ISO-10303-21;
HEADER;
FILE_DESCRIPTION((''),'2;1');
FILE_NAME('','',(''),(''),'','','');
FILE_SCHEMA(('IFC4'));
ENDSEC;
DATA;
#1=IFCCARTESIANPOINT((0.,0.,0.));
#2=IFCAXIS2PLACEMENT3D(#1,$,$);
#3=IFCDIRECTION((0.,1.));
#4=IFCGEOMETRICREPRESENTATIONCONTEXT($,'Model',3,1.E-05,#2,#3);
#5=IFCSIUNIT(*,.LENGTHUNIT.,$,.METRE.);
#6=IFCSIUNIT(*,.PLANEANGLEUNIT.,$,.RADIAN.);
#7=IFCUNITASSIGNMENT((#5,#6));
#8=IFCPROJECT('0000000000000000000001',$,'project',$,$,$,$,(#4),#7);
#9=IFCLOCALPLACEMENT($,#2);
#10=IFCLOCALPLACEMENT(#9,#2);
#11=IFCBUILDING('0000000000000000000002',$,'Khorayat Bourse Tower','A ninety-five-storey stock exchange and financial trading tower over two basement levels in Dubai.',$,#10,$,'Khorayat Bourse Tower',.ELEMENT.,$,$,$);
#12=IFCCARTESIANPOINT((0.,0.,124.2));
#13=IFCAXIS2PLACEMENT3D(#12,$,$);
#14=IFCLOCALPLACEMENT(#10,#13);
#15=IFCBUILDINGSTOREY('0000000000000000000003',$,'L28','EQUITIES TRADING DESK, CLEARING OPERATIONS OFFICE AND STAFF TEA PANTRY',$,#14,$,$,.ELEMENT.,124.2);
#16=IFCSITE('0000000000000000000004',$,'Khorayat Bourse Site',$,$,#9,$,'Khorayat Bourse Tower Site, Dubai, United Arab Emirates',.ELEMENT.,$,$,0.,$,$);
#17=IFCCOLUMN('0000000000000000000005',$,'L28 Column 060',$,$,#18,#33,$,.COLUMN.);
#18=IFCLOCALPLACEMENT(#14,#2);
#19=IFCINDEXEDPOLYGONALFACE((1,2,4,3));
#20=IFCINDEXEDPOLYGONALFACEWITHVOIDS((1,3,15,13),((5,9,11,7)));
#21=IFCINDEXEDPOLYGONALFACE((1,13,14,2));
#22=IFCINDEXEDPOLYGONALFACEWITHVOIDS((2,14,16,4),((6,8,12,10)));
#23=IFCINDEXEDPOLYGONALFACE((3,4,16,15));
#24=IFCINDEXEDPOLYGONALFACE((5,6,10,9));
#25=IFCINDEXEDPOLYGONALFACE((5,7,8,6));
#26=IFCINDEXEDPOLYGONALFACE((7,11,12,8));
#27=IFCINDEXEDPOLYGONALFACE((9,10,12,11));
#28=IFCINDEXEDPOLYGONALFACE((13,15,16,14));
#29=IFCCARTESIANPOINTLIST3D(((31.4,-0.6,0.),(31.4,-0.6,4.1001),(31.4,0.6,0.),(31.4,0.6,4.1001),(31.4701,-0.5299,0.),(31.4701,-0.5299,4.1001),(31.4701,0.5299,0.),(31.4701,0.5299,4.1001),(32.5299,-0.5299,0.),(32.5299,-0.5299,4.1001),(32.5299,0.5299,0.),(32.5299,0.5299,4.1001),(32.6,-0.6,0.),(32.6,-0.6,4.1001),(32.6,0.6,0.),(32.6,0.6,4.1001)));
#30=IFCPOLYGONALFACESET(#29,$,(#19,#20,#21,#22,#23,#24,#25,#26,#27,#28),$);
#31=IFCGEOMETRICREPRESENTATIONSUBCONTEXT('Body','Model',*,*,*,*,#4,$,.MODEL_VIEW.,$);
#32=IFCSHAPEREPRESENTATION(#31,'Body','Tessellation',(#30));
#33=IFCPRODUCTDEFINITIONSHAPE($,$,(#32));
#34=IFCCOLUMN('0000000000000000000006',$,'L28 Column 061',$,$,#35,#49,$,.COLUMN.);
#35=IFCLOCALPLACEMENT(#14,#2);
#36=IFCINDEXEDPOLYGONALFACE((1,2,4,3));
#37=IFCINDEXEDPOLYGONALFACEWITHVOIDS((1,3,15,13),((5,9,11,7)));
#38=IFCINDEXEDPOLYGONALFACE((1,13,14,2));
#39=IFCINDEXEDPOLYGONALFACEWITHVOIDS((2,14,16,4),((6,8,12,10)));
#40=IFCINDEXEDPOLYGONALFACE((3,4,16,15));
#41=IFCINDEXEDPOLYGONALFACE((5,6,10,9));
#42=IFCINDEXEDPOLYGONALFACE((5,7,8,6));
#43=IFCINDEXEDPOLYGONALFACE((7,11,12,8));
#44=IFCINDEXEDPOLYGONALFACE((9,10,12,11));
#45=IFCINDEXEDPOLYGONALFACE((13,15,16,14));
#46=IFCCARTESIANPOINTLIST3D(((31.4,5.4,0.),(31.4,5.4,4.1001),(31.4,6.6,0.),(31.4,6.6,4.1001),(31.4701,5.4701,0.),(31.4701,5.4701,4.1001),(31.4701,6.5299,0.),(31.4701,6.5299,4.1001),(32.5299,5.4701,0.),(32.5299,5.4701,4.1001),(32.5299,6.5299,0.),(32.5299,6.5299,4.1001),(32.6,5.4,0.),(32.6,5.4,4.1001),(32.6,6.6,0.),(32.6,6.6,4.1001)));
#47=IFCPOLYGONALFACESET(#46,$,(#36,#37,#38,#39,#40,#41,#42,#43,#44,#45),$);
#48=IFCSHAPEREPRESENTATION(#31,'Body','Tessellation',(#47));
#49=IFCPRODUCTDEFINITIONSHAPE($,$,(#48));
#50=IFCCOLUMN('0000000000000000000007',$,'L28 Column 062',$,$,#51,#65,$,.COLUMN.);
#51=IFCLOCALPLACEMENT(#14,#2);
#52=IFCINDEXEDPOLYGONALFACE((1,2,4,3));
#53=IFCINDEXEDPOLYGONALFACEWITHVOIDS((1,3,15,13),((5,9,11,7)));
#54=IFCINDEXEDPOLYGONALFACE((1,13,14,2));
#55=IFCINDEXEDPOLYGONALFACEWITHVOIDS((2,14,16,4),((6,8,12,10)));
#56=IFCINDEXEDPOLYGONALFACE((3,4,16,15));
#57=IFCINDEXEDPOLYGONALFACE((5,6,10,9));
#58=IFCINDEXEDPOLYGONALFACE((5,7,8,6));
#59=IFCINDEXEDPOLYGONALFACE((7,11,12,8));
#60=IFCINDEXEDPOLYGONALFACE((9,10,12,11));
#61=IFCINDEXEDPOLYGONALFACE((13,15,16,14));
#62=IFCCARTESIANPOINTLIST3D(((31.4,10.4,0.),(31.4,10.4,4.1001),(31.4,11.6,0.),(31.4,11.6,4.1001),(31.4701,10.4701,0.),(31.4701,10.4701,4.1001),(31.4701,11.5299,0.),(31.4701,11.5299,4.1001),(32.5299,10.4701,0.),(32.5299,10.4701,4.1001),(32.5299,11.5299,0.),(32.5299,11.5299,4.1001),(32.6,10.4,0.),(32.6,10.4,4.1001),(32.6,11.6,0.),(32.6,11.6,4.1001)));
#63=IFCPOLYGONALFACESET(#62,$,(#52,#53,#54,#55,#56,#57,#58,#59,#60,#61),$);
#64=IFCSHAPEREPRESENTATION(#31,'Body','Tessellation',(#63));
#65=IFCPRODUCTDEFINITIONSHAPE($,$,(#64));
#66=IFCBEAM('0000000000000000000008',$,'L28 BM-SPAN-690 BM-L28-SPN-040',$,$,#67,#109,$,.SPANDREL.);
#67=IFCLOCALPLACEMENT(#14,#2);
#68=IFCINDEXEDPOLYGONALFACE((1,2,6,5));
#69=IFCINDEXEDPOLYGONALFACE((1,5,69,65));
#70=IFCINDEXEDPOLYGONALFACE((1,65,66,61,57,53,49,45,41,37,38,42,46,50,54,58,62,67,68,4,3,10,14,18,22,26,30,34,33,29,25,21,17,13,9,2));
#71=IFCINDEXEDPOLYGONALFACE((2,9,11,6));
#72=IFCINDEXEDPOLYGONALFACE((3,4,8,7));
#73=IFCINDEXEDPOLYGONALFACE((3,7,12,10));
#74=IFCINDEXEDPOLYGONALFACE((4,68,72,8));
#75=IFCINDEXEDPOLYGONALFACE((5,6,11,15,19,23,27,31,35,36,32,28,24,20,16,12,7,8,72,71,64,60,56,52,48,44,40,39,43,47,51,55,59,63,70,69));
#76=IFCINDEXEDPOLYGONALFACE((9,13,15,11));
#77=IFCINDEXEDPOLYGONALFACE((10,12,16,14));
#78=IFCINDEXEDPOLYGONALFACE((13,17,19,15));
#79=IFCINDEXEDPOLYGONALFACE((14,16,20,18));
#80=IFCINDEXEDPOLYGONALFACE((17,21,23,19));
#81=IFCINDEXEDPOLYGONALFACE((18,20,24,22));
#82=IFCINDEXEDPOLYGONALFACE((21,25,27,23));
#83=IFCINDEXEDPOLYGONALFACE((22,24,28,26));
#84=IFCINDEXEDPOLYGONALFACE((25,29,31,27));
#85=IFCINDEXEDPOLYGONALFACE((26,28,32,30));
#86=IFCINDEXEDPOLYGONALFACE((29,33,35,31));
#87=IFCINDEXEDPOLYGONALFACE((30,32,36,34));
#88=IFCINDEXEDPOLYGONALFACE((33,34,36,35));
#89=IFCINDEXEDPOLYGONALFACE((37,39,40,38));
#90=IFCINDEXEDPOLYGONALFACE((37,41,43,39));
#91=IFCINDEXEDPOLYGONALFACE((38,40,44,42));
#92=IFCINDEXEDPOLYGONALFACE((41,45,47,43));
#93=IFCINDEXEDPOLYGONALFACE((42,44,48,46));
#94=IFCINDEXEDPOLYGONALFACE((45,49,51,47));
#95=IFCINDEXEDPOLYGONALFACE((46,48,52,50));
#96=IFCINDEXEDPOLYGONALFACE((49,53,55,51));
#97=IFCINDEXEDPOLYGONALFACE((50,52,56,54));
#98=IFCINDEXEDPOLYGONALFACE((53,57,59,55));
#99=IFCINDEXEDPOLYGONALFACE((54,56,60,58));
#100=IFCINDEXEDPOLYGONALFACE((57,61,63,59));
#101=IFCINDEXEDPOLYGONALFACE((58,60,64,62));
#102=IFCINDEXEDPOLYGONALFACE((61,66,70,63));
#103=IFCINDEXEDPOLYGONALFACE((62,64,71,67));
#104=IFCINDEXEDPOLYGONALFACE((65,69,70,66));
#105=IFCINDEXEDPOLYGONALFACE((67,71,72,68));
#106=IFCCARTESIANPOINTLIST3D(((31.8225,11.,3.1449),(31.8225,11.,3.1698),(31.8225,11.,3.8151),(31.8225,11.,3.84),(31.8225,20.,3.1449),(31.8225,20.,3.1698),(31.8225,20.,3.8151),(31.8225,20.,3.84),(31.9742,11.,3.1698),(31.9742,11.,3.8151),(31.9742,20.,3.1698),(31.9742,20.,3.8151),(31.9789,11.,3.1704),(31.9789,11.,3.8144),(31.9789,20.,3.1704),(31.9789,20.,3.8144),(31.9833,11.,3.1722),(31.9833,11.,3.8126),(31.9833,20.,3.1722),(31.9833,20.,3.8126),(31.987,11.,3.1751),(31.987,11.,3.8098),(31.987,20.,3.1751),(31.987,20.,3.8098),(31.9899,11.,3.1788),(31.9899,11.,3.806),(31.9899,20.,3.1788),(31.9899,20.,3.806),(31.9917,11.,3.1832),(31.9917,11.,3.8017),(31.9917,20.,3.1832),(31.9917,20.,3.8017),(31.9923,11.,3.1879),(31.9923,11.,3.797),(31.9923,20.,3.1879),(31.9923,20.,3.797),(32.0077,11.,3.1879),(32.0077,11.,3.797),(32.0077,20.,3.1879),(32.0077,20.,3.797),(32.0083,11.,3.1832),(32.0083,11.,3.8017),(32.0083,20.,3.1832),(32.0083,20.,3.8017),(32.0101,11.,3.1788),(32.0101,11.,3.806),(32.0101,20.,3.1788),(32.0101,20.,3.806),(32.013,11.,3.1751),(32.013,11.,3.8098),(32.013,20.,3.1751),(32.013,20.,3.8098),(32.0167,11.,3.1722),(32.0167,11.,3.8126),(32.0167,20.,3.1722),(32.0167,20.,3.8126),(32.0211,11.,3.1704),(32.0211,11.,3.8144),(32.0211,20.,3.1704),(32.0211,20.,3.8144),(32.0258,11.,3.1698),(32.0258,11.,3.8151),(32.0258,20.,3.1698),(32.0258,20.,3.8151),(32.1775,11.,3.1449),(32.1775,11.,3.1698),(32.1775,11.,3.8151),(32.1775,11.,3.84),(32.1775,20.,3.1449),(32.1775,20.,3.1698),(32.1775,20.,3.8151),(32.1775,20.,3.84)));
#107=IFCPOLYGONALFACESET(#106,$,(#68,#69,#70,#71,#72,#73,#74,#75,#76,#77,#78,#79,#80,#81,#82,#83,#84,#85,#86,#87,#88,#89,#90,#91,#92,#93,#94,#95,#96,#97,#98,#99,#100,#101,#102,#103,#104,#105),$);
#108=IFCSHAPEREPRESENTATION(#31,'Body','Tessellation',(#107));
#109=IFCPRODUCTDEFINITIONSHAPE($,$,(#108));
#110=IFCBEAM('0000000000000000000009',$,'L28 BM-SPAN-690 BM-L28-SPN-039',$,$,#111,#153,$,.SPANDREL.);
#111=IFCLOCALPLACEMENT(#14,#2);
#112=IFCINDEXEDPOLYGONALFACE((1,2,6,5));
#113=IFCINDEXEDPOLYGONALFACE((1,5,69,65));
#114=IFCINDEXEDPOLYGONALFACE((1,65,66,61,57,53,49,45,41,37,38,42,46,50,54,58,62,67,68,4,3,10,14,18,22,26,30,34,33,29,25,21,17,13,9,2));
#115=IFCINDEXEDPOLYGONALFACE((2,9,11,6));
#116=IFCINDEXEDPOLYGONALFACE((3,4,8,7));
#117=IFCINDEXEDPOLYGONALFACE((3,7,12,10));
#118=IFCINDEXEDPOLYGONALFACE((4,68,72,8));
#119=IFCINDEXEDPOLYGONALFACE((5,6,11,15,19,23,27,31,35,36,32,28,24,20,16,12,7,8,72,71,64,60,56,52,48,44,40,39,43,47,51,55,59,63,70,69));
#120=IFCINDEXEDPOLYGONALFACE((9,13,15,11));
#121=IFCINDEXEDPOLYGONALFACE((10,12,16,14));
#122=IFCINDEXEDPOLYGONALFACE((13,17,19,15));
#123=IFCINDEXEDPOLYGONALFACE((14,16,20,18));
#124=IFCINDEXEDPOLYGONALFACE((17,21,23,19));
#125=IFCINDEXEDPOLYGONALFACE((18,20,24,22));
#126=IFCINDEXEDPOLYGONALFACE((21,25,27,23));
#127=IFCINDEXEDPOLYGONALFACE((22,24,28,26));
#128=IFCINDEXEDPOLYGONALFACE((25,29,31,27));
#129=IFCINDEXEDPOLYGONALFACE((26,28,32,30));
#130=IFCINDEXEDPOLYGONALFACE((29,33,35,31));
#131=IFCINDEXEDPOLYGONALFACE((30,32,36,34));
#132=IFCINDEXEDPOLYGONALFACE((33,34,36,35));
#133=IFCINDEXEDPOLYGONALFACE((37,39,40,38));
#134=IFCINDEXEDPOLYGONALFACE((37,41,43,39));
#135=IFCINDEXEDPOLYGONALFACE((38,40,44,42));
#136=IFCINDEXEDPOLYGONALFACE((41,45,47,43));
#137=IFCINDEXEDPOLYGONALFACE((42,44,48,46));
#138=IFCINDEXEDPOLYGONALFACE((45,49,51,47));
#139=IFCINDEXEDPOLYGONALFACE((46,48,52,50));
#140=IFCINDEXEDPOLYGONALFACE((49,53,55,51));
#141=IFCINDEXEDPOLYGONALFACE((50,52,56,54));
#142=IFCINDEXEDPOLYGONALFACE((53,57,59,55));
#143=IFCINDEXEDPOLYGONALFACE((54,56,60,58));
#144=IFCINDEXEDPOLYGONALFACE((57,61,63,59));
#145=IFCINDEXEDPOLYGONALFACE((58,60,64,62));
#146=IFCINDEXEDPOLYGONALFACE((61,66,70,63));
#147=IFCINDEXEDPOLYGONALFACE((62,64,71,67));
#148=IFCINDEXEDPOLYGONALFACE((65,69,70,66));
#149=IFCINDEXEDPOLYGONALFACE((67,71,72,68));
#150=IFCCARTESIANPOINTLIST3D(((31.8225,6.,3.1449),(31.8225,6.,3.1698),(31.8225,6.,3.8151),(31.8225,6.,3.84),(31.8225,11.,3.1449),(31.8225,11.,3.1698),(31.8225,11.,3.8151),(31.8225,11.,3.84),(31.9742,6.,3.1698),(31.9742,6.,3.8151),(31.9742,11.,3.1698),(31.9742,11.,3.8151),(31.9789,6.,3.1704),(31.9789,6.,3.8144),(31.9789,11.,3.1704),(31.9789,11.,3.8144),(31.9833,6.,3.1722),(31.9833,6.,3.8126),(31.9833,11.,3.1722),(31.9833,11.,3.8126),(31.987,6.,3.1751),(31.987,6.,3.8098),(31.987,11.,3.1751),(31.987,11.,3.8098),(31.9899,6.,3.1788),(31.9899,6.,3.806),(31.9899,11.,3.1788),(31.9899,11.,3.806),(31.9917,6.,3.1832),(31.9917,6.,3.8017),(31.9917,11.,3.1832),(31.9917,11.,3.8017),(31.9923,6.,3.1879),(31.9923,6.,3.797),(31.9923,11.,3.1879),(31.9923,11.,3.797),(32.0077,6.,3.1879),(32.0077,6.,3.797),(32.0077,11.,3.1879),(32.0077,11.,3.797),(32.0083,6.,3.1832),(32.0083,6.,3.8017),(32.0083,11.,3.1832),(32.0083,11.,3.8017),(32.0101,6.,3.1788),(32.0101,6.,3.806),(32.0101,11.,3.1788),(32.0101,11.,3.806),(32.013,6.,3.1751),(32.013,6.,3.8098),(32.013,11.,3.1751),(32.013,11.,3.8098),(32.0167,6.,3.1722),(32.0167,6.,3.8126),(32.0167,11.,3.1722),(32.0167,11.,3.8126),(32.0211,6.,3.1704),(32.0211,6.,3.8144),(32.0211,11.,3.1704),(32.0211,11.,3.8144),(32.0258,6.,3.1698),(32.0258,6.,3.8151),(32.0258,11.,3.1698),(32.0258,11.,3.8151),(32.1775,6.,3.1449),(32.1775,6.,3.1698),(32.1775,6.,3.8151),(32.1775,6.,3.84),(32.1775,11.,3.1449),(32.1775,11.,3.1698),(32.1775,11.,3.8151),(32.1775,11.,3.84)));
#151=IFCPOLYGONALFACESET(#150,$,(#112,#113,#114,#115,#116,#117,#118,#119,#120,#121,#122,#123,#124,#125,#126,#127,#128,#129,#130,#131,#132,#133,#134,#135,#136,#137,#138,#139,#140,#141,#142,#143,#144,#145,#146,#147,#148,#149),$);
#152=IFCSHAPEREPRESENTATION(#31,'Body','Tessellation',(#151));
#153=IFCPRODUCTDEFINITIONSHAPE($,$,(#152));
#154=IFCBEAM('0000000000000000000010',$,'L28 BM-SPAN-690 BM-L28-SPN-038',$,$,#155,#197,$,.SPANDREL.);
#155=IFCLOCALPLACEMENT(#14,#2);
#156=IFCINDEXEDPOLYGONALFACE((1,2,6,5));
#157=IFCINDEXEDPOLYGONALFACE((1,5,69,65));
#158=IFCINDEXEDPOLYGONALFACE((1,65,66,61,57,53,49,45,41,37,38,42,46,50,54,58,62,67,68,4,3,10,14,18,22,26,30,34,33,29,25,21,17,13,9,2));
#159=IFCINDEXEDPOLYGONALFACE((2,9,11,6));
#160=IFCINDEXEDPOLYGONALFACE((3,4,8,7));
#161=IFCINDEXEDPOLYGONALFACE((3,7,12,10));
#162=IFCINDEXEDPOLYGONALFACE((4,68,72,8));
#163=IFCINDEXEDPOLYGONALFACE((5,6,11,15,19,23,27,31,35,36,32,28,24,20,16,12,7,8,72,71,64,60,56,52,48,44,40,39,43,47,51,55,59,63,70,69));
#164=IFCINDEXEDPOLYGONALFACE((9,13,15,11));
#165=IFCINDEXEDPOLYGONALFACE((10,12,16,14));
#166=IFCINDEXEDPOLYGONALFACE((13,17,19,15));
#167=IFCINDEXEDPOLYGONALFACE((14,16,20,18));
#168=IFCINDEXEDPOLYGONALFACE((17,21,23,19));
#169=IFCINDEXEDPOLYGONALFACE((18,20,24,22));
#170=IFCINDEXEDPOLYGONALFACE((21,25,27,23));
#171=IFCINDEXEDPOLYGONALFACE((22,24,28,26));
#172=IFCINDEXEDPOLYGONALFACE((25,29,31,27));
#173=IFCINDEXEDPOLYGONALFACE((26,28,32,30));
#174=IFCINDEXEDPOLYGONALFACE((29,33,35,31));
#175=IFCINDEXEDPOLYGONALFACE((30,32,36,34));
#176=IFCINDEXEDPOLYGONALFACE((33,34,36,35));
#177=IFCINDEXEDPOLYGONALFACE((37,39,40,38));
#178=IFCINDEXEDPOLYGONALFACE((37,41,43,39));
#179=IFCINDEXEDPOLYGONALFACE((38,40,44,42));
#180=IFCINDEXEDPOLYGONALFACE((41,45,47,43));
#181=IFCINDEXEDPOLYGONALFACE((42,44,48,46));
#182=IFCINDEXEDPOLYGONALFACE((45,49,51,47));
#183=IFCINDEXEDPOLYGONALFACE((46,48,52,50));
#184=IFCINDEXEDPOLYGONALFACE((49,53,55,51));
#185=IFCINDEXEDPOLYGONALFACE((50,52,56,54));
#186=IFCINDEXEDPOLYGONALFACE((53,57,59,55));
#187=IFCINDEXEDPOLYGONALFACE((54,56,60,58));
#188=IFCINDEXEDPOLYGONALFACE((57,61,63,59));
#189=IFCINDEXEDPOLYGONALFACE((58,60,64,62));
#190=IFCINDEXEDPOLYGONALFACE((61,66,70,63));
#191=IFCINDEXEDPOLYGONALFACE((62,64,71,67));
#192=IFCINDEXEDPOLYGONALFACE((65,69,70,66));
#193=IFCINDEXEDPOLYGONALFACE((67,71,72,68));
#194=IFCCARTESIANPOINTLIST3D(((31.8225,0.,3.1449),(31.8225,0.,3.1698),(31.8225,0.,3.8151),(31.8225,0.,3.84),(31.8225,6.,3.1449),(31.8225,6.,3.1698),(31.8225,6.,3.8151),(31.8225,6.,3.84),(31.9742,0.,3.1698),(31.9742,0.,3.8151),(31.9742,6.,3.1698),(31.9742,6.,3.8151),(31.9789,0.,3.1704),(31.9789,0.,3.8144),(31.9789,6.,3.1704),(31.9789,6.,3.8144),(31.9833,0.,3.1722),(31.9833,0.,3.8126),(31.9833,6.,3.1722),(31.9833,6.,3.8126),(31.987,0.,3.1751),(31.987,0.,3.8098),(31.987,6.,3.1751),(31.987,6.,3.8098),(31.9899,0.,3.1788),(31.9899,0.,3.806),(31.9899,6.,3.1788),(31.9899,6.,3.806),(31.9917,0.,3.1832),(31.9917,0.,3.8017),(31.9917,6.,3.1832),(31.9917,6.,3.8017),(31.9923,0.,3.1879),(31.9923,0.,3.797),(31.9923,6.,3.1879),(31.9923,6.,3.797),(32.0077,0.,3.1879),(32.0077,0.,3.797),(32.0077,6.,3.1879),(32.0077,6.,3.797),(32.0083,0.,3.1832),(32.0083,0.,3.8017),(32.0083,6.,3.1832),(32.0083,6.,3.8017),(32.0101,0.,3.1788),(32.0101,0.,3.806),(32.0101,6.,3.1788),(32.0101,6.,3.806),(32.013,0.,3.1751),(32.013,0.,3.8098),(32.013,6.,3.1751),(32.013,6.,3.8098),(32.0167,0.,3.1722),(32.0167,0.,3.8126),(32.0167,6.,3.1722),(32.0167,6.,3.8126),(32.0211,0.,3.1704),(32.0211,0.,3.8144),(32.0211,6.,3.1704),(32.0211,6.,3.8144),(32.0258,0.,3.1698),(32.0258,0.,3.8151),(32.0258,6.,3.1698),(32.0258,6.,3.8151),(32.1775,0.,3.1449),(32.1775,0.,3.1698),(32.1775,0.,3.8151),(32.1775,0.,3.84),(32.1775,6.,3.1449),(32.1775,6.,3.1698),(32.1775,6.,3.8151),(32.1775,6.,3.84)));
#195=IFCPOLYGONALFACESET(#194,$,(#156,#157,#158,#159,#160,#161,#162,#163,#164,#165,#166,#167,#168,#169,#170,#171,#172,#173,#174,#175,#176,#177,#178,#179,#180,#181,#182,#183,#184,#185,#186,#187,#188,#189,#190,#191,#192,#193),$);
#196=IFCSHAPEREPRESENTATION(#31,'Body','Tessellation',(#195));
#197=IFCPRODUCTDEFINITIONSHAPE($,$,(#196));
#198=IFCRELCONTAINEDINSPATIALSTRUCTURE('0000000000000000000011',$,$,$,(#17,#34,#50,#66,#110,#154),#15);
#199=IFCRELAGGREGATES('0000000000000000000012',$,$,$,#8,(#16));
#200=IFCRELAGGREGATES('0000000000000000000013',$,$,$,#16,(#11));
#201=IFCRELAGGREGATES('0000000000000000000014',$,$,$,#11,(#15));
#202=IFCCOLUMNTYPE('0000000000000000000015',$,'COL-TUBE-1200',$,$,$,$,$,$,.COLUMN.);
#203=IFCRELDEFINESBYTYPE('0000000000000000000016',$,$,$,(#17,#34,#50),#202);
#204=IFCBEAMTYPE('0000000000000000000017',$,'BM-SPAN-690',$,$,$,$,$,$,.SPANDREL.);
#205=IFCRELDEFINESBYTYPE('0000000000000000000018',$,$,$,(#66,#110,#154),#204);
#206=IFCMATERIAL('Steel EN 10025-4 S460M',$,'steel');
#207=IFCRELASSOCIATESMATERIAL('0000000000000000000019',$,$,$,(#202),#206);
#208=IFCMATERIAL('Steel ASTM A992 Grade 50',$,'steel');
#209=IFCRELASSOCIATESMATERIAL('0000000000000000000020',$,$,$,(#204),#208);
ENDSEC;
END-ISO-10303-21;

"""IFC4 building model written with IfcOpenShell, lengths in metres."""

from ifc_helpers import new_model, si_unit, direction, frame, origin, origin_2d, place, context, subcontext, project, spatial, hollow_rectangle, i_section, extrude, source, transform, mapped, material, material_profile, profile_set, type_object, element, save


model = new_model("IFC4")

# Units and contexts
model_context = context("Model", 3, precision=1e-05, world=origin(), true_north=direction((0.0, 1.0)))
body_context = subcontext(model_context, "Body", "Model", "MODEL_VIEW")
ifc_project = project(units=[si_unit("LENGTHUNIT", "METRE"), si_unit("PLANEANGLEUNIT", "RADIAN")], contexts=[model_context])

# Site, building, storey
site_placement = place(None, origin())
site = spatial("IfcSite", under=ifc_project, at=site_placement, Name="Khorayat Bourse Site", LongName="Khorayat Bourse Tower Site, Dubai, United Arab Emirates", CompositionType="ELEMENT", RefElevation=0.0)
building_placement = place(site_placement, origin())
building = spatial("IfcBuilding", under=site, at=building_placement, Name="Khorayat Bourse Tower", Description="A ninety-five-storey stock exchange and financial trading tower over two basement levels in Dubai.", LongName="Khorayat Bourse Tower", CompositionType="ELEMENT")
storey_placement = place(building_placement, frame((0.0, 0.0, 124.2)))
storey = spatial("IfcBuildingStorey", under=building, at=storey_placement, Name="L28", Description="EQUITIES TRADING DESK, CLEARING OPERATIONS OFFICE AND STAFF TEA PANTRY", CompositionType="ELEMENT", Elevation=124.2)

# Columns
ifc_material_1 = material(Name="Steel EN 10025-4 S460M", Category="steel")
ifc_material_profile_1 = material_profile(ifc_material_1, hollow_rectangle(XDim=1.2, YDim=1.2, WallThickness=0.0701, at=origin_2d()), Name="BOX 1200x1200x70")
ifc_profile_set_1 = profile_set([ifc_material_profile_1], Name="Steel EN 10025-4 S460M")
column_type = type_object("IfcColumnType", Name="COL-TUBE-1200", PredefinedType="COLUMN", material=ifc_profile_set_1)
shared_shape_1 = source(origin(), body_context, "Body", "SweptSolid", [
    extrude(hollow_rectangle(XDim=1.2, YDim=1.2, WallThickness=0.0701, at=origin_2d()), origin(), (0.0, 0.0, 1.0), 4.1001),
])
for number, where, z_axis, x_axis, name in (
    (1, (32.0, 0.0, 0.0), (0.0, 0.0, 1.0), (1.0, 0.0, 0.0), "L28 Column 060"),
    (2, (32.0, 6.0, 0.0), (0.0, 0.0, 1.0), (1.0, 0.0, 0.0), "L28 Column 061"),
    (3, (32.0, 11.0, 0.0), (0.0, 0.0, 1.0), (1.0, 0.0, 0.0), "L28 Column 062"),
):
    element("IfcColumn", number, at=place(storey_placement, frame(where, z_axis=z_axis, x_axis=x_axis)), inside=storey, type_object=column_type, Name=name, PredefinedType="COLUMN", context=body_context, shape_type="MappedRepresentation", body=[
        mapped(shared_shape_1, transform((0.0, 0.0, 0.0), scale=1.0)),
    ])

# Beams
ifc_material_2 = material(Name="Steel ASTM A992 Grade 50", Category="steel")
ifc_material_profile_2 = material_profile(ifc_material_2, i_section(OverallWidth=0.355, OverallDepth=0.6951, WebThickness=0.0154, FlangeThickness=0.0249, FilletRadius=0.0181, at=origin_2d()), Name="W690X217")
ifc_profile_set_2 = profile_set([ifc_material_profile_2], Name="Steel ASTM A992 Grade 50")
beam_type_1 = type_object("IfcBeamType", Name="BM-SPAN-690", PredefinedType="SPANDREL", material=ifc_profile_set_2)
shared_shape_2 = source(origin(), body_context, "Body", "SweptSolid", [
    extrude(i_section(OverallWidth=0.355, OverallDepth=0.6951, WebThickness=0.0154, FlangeThickness=0.0249, FilletRadius=0.0181, at=origin_2d()), origin(), (0.0, 0.0, 1.0), 9.0),
])
beam_1_placement = place(storey_placement, frame((32.0, 11.0, 3.4924), z_axis=(0.0, 1.0, 0.0), x_axis=(-1.0, 0.0, 0.0)))
element("IfcBeam", 4, at=beam_1_placement, inside=storey, type_object=beam_type_1, Name="L28 BM-SPAN-690 BM-L28-SPN-040", PredefinedType="SPANDREL", context=body_context, shape_type="MappedRepresentation", body=[
    mapped(shared_shape_2, transform((0.0, 0.0, 0.0), scale=1.0)),
])
shared_shape_3 = source(origin(), body_context, "Body", "SweptSolid", [
    extrude(i_section(OverallWidth=0.355, OverallDepth=0.6951, WebThickness=0.0154, FlangeThickness=0.0249, FilletRadius=0.0181, at=origin_2d()), origin(), (0.0, 0.0, 1.0), 5.0),
])
beam_2_placement = place(storey_placement, frame((32.0, 6.0, 3.4924), z_axis=(0.0, 1.0, 0.0), x_axis=(-1.0, 0.0, 0.0)))
element("IfcBeam", 5, at=beam_2_placement, inside=storey, type_object=beam_type_1, Name="L28 BM-SPAN-690 BM-L28-SPN-039", PredefinedType="SPANDREL", context=body_context, shape_type="MappedRepresentation", body=[
    mapped(shared_shape_3, transform((0.0, 0.0, 0.0), scale=1.0)),
])
shared_shape_4 = source(origin(), body_context, "Body", "SweptSolid", [
    extrude(i_section(OverallWidth=0.355, OverallDepth=0.6951, WebThickness=0.0154, FlangeThickness=0.0249, FilletRadius=0.0181, at=origin_2d()), origin(), (0.0, 0.0, 1.0), 6.0),
])
beam_3_placement = place(storey_placement, frame((32.0, 0.0, 3.4924), z_axis=(0.0, 1.0, 0.0), x_axis=(-1.0, 0.0, 0.0)))
element("IfcBeam", 6, at=beam_3_placement, inside=storey, type_object=beam_type_1, Name="L28 BM-SPAN-690 BM-L28-SPN-038", PredefinedType="SPANDREL", context=body_context, shape_type="MappedRepresentation", body=[
    mapped(shared_shape_4, transform((0.0, 0.0, 0.0), scale=1.0)),
])

save(model, "model.ifc")
